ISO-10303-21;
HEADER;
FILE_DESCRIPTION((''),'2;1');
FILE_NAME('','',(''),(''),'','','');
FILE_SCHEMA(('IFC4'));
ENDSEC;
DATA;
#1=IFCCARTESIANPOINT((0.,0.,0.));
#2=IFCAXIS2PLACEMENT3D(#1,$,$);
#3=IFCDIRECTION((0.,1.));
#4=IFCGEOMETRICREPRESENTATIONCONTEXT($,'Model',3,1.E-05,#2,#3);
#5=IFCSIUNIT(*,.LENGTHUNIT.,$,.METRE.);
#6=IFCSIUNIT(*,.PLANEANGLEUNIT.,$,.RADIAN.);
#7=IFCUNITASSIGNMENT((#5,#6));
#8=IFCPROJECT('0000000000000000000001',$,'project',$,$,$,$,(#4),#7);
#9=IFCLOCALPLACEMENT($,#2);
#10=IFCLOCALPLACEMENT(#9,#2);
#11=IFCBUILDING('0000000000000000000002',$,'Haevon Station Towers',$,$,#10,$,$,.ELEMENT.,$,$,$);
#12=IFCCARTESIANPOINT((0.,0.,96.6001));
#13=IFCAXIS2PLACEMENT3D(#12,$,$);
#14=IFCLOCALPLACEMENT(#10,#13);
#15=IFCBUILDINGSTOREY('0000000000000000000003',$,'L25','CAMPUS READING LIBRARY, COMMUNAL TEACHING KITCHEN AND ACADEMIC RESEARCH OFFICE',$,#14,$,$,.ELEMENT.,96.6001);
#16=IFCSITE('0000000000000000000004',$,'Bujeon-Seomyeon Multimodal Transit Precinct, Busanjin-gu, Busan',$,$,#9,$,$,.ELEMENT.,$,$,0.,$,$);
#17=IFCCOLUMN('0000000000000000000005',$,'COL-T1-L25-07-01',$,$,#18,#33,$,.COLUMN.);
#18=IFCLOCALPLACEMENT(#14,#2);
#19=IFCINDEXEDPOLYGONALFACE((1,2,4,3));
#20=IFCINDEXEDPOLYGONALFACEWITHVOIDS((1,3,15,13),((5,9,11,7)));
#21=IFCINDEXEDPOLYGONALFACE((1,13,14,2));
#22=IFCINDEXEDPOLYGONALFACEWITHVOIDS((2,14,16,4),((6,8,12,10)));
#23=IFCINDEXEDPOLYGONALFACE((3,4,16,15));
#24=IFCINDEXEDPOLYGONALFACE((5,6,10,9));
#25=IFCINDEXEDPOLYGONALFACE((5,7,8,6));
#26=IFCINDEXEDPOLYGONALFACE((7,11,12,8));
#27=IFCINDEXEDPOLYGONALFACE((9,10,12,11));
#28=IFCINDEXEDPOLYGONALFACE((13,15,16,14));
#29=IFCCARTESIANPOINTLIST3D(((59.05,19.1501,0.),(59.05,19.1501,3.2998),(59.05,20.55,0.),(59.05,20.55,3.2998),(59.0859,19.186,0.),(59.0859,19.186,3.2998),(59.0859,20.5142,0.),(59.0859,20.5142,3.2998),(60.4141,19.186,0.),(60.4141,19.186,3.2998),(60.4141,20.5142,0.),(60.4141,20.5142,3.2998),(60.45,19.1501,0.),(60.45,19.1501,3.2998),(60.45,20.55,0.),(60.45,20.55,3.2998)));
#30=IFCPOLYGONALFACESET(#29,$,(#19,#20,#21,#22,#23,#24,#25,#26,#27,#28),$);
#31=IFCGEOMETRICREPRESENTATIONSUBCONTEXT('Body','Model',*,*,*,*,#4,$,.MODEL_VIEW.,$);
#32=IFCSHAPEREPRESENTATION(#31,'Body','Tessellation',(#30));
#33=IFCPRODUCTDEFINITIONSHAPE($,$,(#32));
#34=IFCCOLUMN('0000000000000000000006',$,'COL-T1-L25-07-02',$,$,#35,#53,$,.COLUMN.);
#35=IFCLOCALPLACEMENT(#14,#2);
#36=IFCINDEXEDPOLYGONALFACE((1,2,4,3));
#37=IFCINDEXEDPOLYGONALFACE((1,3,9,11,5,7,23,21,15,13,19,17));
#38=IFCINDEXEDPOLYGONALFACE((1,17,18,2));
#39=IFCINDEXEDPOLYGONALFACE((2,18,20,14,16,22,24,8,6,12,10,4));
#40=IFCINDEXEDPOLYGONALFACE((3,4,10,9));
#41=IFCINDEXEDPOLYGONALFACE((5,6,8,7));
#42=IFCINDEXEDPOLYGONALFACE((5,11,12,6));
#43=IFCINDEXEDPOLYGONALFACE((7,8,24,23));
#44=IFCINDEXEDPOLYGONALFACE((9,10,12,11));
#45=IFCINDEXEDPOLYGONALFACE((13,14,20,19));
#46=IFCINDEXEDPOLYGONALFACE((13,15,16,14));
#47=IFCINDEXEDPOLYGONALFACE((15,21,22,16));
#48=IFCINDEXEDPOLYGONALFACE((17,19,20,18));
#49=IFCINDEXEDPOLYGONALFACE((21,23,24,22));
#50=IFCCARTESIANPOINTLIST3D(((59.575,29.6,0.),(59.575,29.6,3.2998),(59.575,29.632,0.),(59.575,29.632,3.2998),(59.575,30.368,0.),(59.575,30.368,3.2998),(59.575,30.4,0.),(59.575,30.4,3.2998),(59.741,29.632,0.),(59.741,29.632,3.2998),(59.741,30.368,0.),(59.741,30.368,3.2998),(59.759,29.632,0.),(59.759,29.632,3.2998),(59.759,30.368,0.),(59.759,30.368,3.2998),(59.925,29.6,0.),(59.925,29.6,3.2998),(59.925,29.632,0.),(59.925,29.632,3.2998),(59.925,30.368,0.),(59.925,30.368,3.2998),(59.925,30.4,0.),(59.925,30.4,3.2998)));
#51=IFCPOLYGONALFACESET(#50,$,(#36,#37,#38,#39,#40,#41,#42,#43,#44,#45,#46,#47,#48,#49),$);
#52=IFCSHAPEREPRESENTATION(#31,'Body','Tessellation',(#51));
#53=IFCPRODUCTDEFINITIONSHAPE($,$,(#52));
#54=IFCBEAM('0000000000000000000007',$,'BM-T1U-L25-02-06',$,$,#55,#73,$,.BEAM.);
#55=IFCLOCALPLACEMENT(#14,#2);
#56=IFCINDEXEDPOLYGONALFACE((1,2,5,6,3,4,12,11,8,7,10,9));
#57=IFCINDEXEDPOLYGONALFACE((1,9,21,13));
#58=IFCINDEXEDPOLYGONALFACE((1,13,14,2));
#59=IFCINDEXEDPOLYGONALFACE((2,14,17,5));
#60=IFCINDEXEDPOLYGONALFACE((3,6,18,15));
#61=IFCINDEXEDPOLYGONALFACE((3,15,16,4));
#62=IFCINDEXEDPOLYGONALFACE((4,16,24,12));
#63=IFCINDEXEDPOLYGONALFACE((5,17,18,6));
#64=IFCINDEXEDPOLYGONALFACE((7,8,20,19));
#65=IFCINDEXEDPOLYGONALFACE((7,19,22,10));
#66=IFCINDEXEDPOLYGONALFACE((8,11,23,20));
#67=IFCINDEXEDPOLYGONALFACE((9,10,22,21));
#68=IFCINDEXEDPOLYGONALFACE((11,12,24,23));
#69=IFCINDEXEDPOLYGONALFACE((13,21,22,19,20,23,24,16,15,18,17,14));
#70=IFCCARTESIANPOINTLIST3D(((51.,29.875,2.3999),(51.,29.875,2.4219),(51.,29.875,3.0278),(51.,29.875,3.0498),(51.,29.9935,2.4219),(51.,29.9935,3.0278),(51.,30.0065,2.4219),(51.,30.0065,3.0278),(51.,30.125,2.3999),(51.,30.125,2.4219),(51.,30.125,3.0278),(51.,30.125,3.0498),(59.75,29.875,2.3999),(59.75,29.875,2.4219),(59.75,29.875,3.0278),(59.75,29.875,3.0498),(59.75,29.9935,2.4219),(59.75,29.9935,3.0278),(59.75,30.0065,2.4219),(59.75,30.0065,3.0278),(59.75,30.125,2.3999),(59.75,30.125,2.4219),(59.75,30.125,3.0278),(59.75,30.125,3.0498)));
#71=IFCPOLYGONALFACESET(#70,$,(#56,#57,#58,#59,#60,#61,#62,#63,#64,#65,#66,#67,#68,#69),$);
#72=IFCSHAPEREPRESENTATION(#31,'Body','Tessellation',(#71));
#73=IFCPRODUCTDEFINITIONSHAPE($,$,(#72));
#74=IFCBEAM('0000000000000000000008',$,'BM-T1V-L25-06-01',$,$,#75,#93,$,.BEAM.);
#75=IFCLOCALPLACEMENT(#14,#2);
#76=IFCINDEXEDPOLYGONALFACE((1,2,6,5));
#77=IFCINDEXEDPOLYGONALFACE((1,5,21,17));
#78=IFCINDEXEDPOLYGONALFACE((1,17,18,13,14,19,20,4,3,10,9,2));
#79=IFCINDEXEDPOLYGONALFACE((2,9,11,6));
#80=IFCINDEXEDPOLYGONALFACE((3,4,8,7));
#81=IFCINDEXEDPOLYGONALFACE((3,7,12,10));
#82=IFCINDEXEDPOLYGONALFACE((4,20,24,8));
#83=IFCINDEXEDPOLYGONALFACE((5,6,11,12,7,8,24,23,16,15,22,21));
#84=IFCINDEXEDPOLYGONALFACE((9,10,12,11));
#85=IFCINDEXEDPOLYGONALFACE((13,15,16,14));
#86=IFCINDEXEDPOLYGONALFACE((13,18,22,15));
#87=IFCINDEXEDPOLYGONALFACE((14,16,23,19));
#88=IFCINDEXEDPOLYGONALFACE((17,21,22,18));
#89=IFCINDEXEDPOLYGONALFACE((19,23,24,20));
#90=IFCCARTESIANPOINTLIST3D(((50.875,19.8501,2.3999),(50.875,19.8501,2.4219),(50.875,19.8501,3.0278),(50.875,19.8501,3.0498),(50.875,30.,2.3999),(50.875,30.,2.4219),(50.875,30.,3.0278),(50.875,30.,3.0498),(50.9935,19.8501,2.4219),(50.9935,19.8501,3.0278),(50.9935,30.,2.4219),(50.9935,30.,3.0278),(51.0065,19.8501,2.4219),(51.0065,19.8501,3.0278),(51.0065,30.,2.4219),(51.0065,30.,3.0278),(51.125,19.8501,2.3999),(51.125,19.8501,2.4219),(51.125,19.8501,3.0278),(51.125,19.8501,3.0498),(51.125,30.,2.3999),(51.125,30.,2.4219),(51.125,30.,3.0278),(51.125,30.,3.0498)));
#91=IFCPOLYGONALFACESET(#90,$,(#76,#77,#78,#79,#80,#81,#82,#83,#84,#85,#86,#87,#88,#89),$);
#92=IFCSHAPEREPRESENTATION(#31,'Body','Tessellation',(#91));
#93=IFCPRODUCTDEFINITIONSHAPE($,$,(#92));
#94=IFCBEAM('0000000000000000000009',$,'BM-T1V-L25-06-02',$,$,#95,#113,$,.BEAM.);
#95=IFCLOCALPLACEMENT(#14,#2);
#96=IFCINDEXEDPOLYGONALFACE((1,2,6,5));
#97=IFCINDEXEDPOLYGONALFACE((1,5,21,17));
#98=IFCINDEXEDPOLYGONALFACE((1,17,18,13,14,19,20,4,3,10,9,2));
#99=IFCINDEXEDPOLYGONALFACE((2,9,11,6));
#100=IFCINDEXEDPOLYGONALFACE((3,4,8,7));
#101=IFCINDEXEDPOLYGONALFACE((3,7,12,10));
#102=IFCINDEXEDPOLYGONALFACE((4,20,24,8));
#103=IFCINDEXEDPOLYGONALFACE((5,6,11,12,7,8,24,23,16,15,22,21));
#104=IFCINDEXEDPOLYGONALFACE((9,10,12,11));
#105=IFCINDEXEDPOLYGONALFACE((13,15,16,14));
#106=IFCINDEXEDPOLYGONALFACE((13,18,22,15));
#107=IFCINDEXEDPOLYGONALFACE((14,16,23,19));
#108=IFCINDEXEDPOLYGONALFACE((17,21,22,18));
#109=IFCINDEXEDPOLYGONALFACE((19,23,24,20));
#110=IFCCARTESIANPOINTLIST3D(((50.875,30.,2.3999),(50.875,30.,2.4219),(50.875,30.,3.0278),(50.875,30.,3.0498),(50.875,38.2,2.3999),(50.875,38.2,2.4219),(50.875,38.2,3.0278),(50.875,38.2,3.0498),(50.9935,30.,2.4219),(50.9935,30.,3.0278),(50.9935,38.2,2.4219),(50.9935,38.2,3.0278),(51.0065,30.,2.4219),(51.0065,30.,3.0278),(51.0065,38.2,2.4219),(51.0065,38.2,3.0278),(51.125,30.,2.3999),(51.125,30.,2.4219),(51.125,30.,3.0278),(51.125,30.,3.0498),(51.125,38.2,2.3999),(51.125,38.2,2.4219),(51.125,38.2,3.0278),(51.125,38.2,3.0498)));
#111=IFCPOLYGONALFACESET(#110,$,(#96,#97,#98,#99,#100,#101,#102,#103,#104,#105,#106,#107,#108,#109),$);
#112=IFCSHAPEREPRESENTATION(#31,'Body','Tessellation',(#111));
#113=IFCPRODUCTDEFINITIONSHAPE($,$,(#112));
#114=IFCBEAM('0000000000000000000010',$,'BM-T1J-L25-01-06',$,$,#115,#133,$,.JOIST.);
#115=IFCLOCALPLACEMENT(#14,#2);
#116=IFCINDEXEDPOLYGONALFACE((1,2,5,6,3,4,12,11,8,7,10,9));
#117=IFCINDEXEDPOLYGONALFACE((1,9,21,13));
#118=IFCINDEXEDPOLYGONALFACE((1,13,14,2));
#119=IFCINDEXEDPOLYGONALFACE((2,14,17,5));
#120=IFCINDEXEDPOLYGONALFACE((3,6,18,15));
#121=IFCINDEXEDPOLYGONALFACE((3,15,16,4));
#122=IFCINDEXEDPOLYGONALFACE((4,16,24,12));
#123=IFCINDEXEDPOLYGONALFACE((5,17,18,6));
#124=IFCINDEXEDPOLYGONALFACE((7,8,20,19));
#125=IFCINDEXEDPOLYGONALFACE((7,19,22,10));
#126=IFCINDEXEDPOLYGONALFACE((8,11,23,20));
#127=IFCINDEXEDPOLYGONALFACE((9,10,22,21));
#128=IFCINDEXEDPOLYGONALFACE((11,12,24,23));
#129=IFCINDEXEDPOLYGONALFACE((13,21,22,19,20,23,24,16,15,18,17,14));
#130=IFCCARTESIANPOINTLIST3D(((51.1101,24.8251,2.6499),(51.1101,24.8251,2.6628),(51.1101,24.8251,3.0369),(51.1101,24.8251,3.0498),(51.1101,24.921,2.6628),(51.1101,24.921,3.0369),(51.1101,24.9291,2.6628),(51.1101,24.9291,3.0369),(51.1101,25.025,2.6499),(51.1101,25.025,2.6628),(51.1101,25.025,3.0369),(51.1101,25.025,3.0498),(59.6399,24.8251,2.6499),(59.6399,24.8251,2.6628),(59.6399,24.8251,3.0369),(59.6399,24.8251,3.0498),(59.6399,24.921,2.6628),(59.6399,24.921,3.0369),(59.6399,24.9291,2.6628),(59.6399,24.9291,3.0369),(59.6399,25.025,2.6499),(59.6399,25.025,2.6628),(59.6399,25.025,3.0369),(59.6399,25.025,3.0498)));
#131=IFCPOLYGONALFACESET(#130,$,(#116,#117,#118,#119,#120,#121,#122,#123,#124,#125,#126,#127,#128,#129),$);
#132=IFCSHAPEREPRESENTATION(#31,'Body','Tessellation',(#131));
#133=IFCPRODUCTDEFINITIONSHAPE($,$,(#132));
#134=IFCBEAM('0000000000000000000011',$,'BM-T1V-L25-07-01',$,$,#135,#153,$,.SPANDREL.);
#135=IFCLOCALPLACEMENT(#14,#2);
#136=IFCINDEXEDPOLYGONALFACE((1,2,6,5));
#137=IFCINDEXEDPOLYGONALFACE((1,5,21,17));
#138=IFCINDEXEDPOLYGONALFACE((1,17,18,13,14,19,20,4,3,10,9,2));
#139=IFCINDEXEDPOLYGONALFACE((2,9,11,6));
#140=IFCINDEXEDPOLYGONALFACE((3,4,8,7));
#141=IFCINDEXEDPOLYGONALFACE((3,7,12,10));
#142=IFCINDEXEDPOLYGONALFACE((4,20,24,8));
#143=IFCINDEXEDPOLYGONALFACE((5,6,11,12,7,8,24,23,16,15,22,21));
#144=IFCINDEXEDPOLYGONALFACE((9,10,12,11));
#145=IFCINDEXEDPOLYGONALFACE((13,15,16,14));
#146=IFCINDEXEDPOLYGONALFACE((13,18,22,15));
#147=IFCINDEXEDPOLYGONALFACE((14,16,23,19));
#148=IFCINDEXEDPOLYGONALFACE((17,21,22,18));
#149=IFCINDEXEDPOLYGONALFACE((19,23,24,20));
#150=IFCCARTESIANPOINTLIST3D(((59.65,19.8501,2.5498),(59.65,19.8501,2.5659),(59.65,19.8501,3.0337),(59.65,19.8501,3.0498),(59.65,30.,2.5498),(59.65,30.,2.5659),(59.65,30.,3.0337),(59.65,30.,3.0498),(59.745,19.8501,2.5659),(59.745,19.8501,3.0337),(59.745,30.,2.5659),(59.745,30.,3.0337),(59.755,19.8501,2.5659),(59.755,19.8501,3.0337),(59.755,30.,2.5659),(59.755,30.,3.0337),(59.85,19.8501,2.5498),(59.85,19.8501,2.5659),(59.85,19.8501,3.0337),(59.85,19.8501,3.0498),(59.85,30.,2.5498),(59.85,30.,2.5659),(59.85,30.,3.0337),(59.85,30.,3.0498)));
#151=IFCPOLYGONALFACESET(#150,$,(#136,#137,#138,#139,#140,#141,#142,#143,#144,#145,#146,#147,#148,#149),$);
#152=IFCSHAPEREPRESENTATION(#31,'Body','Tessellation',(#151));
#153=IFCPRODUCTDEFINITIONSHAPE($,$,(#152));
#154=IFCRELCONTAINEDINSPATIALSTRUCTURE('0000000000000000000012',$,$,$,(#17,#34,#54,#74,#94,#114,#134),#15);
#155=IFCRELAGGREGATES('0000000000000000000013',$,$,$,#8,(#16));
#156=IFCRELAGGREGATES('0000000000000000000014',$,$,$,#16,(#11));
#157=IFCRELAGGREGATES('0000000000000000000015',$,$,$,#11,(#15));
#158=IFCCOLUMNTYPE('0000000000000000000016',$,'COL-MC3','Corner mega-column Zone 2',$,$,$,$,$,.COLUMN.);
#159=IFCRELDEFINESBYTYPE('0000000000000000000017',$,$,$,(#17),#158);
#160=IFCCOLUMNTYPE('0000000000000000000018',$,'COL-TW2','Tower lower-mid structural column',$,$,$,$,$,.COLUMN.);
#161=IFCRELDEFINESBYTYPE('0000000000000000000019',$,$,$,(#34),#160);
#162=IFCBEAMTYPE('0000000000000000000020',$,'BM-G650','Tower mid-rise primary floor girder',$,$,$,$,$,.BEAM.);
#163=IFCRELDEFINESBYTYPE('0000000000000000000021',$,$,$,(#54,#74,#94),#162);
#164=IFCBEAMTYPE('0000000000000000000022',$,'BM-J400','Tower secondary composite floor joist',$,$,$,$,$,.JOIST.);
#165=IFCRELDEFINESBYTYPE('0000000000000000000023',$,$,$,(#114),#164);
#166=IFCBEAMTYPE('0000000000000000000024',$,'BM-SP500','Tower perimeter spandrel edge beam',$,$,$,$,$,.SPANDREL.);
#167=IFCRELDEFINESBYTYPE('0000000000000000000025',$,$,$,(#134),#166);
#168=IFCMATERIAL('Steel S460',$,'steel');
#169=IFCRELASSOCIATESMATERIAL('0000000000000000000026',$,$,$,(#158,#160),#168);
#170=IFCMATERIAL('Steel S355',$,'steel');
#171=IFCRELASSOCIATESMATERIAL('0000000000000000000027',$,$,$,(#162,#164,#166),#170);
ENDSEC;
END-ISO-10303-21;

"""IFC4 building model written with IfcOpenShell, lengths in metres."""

from ifc_helpers import new_model, si_unit, direction, frame, origin, origin_2d, place, context, subcontext, project, spatial, hollow_rectangle, i_section, extrude, material, material_profile, profile_set, type_object, element, save


model = new_model("IFC4")

# Units and contexts
model_context = context("Model", 3, precision=1e-05, world=origin(), true_north=direction((0.0, 1.0)))
body_context = subcontext(model_context, "Body", "Model", "MODEL_VIEW")
ifc_project = project(units=[si_unit("LENGTHUNIT", "METRE"), si_unit("PLANEANGLEUNIT", "RADIAN")], contexts=[model_context])

# Site, building, storey
site_placement = place(None, origin())
site = spatial("IfcSite", under=ifc_project, at=site_placement, Name="Bujeon-Seomyeon Multimodal Transit Precinct, Busanjin-gu, Busan", CompositionType="ELEMENT", RefElevation=0.0)
building_placement = place(site_placement, origin())
building = spatial("IfcBuilding", under=site, at=building_placement, Name="Haevon Station Towers", CompositionType="ELEMENT")
storey_placement = place(building_placement, frame((0.0, 0.0, 96.6001)))
storey = spatial("IfcBuildingStorey", under=building, at=storey_placement, Name="L25", Description="CAMPUS READING LIBRARY, COMMUNAL TEACHING KITCHEN AND ACADEMIC RESEARCH OFFICE", CompositionType="ELEMENT", Elevation=96.6001)

# Columns
ifc_material_1 = material(Name="Steel S460", Category="steel")
ifc_material_profile_1 = material_profile(ifc_material_1, hollow_rectangle(XDim=1.3999, YDim=1.3999, WallThickness=0.0359, at=origin_2d()), Name="BOX-1400x1400x36")
ifc_profile_set_1 = profile_set([ifc_material_profile_1], Name="Steel S460")
column_type_1 = type_object("IfcColumnType", Name="COL-MC3", Description="Corner mega-column Zone 2", PredefinedType="COLUMN", material=ifc_profile_set_1)
column_1_placement = place(storey_placement, frame((59.75, 19.8501, 0.0), z_axis=(0.0, 0.0, 1.0), x_axis=(1.0, 0.0, 0.0)))
element("IfcColumn", 1, at=column_1_placement, inside=storey, type_object=column_type_1, Name="COL-T1-L25-07-01", PredefinedType="COLUMN", context=body_context, shape_type="SweptSolid", body=[
    extrude(hollow_rectangle(XDim=1.3999, YDim=1.3999, WallThickness=0.0359, at=origin_2d()), origin(), (0.0, 0.0, 1.0), 3.2998),
])
ifc_material_profile_2 = material_profile(ifc_material_1, i_section(OverallWidth=0.3501, OverallDepth=0.8, WebThickness=0.0181, FlangeThickness=0.032, at=origin_2d()), Name="H-800x350x18x32")
ifc_profile_set_2 = profile_set([ifc_material_profile_2], Name="Steel S460")
column_type_2 = type_object("IfcColumnType", Name="COL-TW2", Description="Tower lower-mid structural column", PredefinedType="COLUMN", material=ifc_profile_set_2)
column_2_placement = place(storey_placement, frame((59.75, 30.0, 0.0), z_axis=(0.0, 0.0, 1.0), x_axis=(1.0, 0.0, 0.0)))
element("IfcColumn", 2, at=column_2_placement, inside=storey, type_object=column_type_2, Name="COL-T1-L25-07-02", PredefinedType="COLUMN", context=body_context, shape_type="SweptSolid", body=[
    extrude(i_section(OverallWidth=0.3501, OverallDepth=0.8, WebThickness=0.0181, FlangeThickness=0.032, at=origin_2d()), origin(), (0.0, 0.0, 1.0), 3.2998),
])

# Beams
ifc_material_2 = material(Name="Steel S355", Category="steel")
ifc_material_profile_3 = material_profile(ifc_material_2, i_section(OverallWidth=0.25, OverallDepth=0.6499, WebThickness=0.0129, FlangeThickness=0.022, at=origin_2d()), Name="H-650x250x13x22")
ifc_profile_set_3 = profile_set([ifc_material_profile_3], Name="Steel S355")
beam_type_1 = type_object("IfcBeamType", Name="BM-G650", Description="Tower mid-rise primary floor girder", PredefinedType="BEAM", material=ifc_profile_set_3)
beam_1_placement = place(storey_placement, frame((51.0, 30.0, 2.7249), z_axis=(1.0, 0.0, 0.0), x_axis=(0.0, 1.0, 0.0)))
element("IfcBeam", 3, at=beam_1_placement, inside=storey, type_object=beam_type_1, Name="BM-T1U-L25-02-06", PredefinedType="BEAM", context=body_context, shape_type="SweptSolid", body=[
    extrude(i_section(OverallWidth=0.25, OverallDepth=0.6499, WebThickness=0.0129, FlangeThickness=0.022, at=origin_2d()), origin(), (0.0, 0.0, 1.0), 8.75),
])
beam_2_placement = place(storey_placement, frame((51.0, 19.8501, 2.7249), z_axis=(0.0, 1.0, 0.0), x_axis=(-1.0, 0.0, 0.0)))
element("IfcBeam", 4, at=beam_2_placement, inside=storey, type_object=beam_type_1, Name="BM-T1V-L25-06-01", PredefinedType="BEAM", context=body_context, shape_type="SweptSolid", body=[
    extrude(i_section(OverallWidth=0.25, OverallDepth=0.6499, WebThickness=0.0129, FlangeThickness=0.022, at=origin_2d()), origin(), (0.0, 0.0, 1.0), 10.1499),
])
beam_3_placement = place(storey_placement, frame((51.0, 30.0, 2.7249), z_axis=(0.0, 1.0, 0.0), x_axis=(-1.0, 0.0, 0.0)))
element("IfcBeam", 5, at=beam_3_placement, inside=storey, type_object=beam_type_1, Name="BM-T1V-L25-06-02", PredefinedType="BEAM", context=body_context, shape_type="SweptSolid", body=[
    extrude(i_section(OverallWidth=0.25, OverallDepth=0.6499, WebThickness=0.0129, FlangeThickness=0.022, at=origin_2d()), origin(), (0.0, 0.0, 1.0), 8.2),
])
ifc_material_profile_4 = material_profile(ifc_material_2, i_section(OverallWidth=0.2, OverallDepth=0.3999, WebThickness=0.0081, FlangeThickness=0.0129, at=origin_2d()), Name="H-400x200x8x13")
ifc_profile_set_4 = profile_set([ifc_material_profile_4], Name="Steel S355")
beam_type_2 = type_object("IfcBeamType", Name="BM-J400", Description="Tower secondary composite floor joist", PredefinedType="JOIST", material=ifc_profile_set_4)
beam_4_placement = place(storey_placement, frame((51.1101, 24.925, 2.8499), z_axis=(1.0, 0.0, 0.0), x_axis=(0.0, 1.0, 0.0)))
element("IfcBeam", 6, at=beam_4_placement, inside=storey, type_object=beam_type_2, Name="BM-T1J-L25-01-06", PredefinedType="JOIST", context=body_context, shape_type="SweptSolid", body=[
    extrude(i_section(OverallWidth=0.2, OverallDepth=0.3999, WebThickness=0.0081, FlangeThickness=0.0129, at=origin_2d()), origin(), (0.0, 0.0, 1.0), 8.5298),
])
ifc_material_profile_5 = material_profile(ifc_material_2, i_section(OverallWidth=0.2, OverallDepth=0.5, WebThickness=0.01, FlangeThickness=0.0161, at=origin_2d()), Name="H-500x200x10x16")
ifc_profile_set_5 = profile_set([ifc_material_profile_5], Name="Steel S355")
beam_type_3 = type_object("IfcBeamType", Name="BM-SP500", Description="Tower perimeter spandrel edge beam", PredefinedType="SPANDREL", material=ifc_profile_set_5)
beam_5_placement = place(storey_placement, frame((59.75, 19.8501, 2.7998), z_axis=(0.0, 1.0, 0.0), x_axis=(-1.0, 0.0, 0.0)))
element("IfcBeam", 7, at=beam_5_placement, inside=storey, type_object=beam_type_3, Name="BM-T1V-L25-07-01", PredefinedType="SPANDREL", context=body_context, shape_type="SweptSolid", body=[
    extrude(i_section(OverallWidth=0.2, OverallDepth=0.5, WebThickness=0.01, FlangeThickness=0.0161, at=origin_2d()), origin(), (0.0, 0.0, 1.0), 10.1499),
])

save(model, "model.ifc")
